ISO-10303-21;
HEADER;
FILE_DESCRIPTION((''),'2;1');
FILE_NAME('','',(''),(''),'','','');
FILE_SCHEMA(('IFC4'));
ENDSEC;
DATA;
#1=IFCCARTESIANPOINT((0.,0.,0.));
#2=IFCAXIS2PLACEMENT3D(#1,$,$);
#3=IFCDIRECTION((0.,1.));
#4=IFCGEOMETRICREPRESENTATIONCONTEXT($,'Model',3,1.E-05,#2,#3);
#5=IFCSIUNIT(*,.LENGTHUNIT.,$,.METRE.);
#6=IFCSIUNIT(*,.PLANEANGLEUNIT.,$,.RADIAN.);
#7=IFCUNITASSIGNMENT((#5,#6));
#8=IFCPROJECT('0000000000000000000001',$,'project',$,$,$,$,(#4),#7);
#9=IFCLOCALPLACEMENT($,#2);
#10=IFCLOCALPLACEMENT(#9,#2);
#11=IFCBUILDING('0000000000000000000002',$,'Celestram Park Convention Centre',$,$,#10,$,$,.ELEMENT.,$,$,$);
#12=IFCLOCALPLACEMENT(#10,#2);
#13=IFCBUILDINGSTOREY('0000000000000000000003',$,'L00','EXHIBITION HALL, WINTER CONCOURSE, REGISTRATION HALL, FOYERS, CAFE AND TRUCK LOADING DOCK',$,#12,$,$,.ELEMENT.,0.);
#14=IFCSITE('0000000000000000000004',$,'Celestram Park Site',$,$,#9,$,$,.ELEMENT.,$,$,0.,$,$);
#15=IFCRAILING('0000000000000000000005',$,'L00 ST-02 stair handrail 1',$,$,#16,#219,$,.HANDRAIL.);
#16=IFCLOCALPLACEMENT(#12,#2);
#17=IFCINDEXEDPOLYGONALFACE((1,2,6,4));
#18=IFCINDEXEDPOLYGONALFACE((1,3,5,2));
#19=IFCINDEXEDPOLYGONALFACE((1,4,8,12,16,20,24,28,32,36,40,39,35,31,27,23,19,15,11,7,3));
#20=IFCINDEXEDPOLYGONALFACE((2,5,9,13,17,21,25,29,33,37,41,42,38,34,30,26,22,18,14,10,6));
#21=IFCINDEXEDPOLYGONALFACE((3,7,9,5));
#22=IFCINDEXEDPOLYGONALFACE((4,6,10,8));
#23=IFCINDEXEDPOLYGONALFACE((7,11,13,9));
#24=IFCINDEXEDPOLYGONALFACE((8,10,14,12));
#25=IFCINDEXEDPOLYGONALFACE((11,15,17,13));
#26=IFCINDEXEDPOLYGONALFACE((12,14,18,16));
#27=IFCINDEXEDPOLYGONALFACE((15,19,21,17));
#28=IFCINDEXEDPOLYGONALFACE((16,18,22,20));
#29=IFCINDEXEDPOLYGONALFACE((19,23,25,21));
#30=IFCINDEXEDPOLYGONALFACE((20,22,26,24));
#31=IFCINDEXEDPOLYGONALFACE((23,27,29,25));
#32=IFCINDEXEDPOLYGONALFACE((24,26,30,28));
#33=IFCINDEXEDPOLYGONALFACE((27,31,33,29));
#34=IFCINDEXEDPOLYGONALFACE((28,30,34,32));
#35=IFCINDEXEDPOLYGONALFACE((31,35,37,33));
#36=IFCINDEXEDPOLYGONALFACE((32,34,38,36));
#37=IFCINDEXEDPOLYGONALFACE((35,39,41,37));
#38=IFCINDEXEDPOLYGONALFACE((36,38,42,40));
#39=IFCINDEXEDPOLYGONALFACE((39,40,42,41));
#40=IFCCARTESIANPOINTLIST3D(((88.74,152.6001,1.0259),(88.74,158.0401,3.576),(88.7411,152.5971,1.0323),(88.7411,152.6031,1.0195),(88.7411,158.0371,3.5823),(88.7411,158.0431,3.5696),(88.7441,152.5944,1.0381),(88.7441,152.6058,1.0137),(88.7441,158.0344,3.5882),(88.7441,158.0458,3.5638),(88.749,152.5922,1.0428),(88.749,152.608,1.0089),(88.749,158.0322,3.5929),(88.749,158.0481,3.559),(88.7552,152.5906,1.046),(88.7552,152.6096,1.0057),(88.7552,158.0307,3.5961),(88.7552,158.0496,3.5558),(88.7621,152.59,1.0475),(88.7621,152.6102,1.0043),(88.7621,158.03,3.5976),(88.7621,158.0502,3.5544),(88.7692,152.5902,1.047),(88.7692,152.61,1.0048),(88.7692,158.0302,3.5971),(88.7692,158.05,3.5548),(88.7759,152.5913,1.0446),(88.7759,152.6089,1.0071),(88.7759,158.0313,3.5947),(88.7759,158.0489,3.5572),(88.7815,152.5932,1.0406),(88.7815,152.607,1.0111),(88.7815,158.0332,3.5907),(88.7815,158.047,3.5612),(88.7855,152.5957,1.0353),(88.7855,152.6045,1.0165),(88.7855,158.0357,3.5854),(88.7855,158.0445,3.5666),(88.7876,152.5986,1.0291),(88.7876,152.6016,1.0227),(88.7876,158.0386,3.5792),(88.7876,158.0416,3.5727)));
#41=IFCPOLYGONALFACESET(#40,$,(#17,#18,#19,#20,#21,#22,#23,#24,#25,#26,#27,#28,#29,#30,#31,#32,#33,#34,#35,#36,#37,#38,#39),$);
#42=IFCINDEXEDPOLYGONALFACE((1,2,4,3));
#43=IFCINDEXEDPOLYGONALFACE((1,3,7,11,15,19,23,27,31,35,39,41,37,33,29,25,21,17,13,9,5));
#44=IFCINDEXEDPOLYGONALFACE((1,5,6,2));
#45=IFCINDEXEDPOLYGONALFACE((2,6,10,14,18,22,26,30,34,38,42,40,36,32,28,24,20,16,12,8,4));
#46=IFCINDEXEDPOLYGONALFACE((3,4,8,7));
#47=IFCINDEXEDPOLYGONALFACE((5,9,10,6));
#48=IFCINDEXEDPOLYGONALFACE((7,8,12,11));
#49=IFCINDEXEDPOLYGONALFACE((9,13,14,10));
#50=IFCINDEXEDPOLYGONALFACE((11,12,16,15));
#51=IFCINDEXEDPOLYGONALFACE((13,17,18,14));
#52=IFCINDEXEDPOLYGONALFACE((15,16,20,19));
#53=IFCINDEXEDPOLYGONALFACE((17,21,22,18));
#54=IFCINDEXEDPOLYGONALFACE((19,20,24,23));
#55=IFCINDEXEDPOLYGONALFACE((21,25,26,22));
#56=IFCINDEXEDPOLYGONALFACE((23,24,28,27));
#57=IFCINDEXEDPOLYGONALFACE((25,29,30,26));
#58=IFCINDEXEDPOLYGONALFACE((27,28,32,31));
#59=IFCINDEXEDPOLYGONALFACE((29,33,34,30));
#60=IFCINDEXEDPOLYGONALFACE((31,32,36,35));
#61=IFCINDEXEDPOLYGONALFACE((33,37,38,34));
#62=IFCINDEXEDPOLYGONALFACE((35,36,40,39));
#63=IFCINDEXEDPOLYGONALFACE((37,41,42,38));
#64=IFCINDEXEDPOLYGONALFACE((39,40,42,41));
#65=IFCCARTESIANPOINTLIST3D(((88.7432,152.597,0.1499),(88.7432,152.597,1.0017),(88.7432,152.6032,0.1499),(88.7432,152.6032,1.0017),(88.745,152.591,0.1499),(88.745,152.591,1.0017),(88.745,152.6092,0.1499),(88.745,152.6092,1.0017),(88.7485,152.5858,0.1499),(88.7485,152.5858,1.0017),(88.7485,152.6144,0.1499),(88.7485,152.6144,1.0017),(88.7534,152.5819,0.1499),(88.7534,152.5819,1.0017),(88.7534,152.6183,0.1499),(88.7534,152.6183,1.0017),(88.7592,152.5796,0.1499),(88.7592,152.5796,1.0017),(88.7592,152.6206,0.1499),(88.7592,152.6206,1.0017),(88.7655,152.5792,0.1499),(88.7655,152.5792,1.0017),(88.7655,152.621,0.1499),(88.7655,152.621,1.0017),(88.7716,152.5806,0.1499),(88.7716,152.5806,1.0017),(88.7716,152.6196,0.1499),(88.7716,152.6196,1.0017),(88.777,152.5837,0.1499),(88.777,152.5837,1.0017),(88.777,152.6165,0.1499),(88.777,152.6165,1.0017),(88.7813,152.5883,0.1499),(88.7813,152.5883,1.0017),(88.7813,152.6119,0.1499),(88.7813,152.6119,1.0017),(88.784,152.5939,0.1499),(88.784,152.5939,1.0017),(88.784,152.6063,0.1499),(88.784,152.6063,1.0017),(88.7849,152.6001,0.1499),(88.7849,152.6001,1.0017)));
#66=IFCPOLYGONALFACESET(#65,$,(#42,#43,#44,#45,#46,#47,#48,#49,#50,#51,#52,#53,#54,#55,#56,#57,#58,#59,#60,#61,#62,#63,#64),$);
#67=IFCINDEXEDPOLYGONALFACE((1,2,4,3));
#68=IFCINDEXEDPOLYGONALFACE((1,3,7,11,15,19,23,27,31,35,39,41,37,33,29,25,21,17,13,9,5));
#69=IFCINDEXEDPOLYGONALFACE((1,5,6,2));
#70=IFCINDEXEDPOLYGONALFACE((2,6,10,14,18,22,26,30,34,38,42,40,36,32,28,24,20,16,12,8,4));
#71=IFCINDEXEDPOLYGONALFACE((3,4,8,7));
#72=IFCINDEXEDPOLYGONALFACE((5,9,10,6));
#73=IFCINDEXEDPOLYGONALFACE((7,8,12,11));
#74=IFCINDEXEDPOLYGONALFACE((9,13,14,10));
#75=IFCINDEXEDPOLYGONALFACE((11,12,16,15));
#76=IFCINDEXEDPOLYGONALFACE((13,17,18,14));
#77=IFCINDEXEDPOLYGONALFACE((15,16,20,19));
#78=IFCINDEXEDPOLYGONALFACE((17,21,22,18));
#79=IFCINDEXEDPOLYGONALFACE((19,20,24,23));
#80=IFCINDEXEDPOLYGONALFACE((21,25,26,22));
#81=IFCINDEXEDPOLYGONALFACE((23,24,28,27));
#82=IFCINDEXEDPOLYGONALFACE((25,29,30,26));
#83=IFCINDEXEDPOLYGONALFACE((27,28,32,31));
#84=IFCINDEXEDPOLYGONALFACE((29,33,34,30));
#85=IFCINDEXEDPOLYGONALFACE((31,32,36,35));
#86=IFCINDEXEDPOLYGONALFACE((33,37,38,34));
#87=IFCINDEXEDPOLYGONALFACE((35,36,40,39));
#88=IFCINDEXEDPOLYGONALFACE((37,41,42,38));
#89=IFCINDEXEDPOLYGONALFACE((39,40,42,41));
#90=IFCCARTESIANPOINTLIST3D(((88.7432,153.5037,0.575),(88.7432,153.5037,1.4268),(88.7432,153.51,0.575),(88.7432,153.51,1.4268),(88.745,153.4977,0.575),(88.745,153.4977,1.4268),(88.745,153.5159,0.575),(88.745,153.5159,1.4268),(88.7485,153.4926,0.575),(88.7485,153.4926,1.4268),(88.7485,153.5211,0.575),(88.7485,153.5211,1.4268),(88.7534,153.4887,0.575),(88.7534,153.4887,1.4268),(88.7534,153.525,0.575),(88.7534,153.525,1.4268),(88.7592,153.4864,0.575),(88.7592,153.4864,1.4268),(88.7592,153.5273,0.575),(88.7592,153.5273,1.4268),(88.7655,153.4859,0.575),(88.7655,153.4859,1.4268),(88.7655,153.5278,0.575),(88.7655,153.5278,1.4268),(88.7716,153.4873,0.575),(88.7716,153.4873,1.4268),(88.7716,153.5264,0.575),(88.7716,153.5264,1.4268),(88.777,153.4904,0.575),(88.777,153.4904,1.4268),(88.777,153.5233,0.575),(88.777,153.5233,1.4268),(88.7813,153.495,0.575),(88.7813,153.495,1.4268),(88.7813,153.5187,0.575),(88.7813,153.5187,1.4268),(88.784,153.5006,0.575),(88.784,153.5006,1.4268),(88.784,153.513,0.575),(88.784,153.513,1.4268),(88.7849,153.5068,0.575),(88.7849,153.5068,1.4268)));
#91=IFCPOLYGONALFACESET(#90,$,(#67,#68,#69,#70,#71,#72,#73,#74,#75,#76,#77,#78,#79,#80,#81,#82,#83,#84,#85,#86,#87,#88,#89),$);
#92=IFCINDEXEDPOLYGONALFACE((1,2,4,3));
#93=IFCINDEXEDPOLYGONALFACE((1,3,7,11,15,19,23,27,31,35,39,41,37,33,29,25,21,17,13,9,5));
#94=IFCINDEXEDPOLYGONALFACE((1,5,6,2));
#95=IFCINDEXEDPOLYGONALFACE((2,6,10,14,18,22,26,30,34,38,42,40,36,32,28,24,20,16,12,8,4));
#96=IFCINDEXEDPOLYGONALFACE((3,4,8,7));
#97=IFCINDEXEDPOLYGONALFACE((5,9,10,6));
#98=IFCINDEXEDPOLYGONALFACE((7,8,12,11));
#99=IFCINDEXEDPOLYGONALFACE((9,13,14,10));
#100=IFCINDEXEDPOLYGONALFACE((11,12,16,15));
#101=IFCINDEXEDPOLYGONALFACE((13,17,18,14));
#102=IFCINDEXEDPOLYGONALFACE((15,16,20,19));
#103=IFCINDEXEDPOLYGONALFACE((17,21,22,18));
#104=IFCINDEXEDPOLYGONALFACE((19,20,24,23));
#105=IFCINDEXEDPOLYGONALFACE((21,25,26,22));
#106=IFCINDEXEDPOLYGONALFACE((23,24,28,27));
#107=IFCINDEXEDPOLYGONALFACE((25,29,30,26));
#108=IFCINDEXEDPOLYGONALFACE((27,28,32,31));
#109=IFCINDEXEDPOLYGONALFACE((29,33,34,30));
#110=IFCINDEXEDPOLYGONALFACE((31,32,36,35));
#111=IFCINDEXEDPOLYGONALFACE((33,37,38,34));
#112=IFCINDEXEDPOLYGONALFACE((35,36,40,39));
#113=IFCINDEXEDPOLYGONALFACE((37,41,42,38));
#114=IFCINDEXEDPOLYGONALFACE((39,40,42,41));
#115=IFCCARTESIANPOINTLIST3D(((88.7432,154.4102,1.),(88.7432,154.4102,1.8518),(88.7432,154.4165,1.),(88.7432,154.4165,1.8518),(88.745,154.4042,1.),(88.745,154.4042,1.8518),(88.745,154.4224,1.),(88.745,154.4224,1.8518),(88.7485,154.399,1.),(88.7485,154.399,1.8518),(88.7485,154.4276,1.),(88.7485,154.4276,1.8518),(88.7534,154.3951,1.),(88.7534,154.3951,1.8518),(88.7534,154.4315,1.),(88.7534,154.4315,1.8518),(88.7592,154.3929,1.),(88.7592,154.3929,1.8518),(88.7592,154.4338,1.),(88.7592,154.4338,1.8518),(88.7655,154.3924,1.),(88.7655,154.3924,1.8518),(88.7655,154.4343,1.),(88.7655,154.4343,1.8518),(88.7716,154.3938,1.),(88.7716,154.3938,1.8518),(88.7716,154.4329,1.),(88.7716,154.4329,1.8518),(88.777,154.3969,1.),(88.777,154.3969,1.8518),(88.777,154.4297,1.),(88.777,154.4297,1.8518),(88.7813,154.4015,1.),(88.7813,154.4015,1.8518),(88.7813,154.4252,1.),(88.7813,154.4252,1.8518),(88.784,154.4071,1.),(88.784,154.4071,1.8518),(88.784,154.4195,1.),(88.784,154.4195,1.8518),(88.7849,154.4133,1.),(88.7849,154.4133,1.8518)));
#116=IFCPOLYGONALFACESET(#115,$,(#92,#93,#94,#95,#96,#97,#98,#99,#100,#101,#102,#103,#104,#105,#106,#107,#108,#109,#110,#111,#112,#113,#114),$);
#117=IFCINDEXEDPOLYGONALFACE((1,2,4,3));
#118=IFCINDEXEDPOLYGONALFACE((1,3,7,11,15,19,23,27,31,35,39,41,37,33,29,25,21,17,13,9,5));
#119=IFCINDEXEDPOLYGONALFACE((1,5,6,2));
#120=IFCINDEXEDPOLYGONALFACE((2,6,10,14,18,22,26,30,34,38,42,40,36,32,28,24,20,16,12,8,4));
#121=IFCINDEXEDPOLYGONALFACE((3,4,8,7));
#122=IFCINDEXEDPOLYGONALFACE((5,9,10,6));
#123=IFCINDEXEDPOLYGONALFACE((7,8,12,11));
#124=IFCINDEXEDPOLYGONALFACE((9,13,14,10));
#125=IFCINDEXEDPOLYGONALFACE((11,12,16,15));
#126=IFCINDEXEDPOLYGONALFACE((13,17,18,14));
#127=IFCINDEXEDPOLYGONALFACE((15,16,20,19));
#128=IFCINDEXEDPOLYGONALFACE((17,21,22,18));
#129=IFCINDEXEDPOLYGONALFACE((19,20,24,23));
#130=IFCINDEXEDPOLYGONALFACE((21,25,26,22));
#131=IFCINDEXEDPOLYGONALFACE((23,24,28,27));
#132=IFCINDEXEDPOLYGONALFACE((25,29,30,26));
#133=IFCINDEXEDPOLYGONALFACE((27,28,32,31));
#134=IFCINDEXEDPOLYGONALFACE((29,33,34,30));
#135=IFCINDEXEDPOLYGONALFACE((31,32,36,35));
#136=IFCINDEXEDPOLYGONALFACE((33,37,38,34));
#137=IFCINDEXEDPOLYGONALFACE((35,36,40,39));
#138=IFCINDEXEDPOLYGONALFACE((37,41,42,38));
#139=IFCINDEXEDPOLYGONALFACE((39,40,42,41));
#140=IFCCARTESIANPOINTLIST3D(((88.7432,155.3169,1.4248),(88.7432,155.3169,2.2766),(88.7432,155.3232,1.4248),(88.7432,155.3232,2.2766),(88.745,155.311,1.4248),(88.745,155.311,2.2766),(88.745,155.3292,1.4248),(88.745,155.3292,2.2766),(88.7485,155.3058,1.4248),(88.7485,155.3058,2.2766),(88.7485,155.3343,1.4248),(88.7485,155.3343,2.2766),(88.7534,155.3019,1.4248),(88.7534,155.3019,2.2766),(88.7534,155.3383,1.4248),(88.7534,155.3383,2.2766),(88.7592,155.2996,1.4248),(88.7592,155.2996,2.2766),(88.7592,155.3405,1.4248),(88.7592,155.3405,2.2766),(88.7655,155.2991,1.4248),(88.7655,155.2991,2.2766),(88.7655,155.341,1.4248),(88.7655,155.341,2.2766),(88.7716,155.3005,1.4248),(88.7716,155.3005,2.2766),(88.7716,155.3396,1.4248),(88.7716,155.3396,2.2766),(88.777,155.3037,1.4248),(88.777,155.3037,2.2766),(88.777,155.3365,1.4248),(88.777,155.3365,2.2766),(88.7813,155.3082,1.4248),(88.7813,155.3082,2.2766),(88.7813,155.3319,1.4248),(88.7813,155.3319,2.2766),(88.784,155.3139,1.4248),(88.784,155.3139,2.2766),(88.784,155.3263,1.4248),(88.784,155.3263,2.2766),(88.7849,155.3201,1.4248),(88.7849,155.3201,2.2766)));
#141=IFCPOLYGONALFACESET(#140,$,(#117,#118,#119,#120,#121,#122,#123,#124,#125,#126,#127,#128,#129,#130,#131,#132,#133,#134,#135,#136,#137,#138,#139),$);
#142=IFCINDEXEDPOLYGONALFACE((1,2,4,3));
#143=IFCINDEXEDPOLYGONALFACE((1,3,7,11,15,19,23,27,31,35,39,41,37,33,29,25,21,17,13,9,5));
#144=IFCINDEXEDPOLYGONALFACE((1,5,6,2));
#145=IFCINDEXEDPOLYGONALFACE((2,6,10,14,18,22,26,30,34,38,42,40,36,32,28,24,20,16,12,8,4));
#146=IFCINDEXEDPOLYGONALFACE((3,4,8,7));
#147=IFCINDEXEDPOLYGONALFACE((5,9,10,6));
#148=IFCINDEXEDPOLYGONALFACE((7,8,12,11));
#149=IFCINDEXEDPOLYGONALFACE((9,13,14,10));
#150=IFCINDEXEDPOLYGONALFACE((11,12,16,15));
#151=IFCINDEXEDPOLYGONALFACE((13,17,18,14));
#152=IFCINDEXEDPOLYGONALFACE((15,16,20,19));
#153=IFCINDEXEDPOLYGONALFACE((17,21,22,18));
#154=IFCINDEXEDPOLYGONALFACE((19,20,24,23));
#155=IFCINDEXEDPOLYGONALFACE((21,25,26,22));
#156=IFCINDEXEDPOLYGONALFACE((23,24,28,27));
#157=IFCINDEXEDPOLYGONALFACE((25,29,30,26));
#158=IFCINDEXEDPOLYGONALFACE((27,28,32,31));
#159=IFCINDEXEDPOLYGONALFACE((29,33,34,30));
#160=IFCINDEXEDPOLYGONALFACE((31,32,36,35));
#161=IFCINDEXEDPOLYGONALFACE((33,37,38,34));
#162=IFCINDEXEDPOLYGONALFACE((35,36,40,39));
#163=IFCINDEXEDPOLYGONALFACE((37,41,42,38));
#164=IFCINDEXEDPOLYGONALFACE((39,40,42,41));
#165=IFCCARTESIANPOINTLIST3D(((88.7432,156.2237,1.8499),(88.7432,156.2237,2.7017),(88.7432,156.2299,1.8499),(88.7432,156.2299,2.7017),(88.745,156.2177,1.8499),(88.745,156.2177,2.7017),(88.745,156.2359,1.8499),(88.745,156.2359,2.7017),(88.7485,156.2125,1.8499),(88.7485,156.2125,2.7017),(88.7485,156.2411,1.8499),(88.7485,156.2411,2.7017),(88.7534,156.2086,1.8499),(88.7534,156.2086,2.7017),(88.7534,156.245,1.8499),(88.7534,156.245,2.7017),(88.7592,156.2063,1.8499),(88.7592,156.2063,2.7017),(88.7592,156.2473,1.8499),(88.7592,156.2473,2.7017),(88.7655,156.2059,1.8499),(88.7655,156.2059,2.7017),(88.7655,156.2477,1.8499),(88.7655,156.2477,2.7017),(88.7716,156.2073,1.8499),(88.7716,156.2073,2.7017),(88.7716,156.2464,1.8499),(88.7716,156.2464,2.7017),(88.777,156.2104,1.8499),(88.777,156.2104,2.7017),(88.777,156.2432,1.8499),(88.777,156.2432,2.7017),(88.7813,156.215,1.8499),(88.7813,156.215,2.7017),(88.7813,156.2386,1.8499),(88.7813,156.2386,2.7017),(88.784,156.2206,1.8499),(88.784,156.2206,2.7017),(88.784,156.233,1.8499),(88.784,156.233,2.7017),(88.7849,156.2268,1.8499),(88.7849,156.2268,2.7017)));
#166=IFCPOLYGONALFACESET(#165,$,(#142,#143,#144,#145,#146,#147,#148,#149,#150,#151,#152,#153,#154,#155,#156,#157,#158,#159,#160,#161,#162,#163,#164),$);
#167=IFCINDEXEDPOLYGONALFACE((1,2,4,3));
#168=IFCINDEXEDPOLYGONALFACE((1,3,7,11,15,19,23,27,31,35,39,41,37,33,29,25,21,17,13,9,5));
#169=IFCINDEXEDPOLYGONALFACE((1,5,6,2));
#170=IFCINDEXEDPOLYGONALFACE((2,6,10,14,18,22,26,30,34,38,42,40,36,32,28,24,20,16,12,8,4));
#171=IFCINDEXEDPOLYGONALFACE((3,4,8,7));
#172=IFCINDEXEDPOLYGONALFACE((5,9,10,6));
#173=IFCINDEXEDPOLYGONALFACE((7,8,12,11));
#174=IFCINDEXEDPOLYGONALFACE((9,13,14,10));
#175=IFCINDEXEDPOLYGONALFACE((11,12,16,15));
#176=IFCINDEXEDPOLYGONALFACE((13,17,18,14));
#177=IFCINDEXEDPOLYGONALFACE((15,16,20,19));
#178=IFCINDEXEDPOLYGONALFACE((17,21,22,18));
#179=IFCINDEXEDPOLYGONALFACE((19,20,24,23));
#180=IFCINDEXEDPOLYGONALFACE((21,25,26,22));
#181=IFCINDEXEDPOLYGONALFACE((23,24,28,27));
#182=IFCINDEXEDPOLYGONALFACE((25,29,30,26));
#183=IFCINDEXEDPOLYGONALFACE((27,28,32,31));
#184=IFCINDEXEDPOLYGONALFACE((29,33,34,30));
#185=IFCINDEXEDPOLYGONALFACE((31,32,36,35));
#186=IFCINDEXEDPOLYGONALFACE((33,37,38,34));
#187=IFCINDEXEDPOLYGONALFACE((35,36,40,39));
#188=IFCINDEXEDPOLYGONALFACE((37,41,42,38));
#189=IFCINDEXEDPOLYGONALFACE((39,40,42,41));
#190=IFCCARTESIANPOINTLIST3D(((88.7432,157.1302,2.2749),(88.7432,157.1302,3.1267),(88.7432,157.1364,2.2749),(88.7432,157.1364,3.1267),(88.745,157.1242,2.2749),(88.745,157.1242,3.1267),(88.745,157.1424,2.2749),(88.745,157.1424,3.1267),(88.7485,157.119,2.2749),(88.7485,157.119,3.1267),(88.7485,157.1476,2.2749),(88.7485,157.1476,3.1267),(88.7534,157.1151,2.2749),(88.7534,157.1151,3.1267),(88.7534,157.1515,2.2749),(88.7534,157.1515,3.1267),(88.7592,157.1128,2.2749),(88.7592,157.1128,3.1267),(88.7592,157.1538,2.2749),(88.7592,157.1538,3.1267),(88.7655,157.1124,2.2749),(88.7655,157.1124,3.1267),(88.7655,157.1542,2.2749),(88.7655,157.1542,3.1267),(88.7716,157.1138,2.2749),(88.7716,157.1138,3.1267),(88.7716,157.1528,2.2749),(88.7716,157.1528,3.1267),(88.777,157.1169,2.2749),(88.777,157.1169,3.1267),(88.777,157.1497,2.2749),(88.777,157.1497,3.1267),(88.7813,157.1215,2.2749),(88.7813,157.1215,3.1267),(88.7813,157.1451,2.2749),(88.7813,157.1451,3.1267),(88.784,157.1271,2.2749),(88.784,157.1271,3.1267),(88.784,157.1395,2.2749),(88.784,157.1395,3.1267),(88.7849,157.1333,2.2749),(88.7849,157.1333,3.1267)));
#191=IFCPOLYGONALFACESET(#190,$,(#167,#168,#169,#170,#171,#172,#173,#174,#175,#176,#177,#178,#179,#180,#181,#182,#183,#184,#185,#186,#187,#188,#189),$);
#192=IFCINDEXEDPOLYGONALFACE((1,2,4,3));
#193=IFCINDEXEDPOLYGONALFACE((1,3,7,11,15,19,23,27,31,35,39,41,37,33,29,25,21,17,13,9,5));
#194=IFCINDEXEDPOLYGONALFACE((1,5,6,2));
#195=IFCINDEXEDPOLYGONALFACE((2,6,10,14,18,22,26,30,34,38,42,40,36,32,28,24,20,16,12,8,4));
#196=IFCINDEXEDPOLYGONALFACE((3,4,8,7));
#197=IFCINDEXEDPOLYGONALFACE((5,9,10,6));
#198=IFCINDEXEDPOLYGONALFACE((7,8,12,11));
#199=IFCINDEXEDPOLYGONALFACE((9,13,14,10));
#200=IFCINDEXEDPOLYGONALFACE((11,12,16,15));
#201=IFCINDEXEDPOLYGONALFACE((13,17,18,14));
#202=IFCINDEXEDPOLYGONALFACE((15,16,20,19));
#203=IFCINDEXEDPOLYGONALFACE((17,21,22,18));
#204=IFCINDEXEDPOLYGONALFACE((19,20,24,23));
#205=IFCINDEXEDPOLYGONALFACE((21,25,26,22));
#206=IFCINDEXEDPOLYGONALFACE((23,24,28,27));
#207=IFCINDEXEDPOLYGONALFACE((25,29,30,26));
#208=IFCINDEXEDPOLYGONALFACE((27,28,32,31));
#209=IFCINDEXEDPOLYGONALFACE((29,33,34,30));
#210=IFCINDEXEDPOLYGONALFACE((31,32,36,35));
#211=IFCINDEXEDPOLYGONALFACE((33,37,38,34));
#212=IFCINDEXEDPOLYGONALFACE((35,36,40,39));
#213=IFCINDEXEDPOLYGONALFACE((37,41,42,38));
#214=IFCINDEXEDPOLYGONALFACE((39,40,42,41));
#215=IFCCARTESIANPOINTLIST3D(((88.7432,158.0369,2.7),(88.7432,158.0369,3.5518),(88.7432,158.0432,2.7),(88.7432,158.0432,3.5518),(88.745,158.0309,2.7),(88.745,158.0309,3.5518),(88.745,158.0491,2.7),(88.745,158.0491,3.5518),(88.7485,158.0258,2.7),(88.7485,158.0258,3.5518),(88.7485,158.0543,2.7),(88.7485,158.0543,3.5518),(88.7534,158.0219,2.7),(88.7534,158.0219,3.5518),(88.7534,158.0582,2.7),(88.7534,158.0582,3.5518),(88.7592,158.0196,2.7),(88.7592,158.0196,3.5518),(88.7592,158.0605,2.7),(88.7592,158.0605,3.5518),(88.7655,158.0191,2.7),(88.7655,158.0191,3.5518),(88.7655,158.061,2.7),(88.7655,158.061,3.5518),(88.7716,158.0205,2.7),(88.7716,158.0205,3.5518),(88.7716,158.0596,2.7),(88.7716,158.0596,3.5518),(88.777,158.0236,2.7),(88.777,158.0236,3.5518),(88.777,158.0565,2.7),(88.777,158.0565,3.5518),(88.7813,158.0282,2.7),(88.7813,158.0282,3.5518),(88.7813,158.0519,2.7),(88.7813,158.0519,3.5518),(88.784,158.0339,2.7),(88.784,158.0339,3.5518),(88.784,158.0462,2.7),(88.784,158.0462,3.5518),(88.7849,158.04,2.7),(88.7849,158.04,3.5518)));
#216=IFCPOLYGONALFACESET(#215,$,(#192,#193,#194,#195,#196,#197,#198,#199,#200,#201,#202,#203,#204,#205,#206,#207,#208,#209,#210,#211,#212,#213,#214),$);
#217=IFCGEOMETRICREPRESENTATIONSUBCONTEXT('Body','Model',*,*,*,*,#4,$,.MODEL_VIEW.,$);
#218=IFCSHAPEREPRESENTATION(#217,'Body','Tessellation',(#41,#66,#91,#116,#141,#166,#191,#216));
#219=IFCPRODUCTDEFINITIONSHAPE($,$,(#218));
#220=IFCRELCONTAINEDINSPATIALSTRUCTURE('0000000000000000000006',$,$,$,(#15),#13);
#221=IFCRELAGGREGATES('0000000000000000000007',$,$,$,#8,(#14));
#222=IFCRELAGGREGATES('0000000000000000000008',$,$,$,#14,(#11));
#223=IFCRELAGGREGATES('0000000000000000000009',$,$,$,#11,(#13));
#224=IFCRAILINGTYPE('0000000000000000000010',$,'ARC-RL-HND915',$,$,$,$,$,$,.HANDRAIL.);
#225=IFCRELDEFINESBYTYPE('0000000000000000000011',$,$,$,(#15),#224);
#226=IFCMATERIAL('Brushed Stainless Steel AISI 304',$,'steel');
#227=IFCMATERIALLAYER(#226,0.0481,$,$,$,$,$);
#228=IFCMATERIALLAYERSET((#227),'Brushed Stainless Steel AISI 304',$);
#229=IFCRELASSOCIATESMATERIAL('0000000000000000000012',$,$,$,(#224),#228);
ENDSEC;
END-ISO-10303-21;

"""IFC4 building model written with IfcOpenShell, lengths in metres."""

from ifc_helpers import new_model, si_unit, direction, frame, origin, origin_2d, place, context, subcontext, project, spatial, circle, extrude, material, layer, layer_set, type_object, element, save


model = new_model("IFC4")

# Units and contexts
model_context = context("Model", 3, precision=1e-05, world=origin(), true_north=direction((0.0, 1.0)))
body_context = subcontext(model_context, "Body", "Model", "MODEL_VIEW")
ifc_project = project(units=[si_unit("LENGTHUNIT", "METRE"), si_unit("PLANEANGLEUNIT", "RADIAN")], contexts=[model_context])

# Site, building, storey
site_placement = place(None, origin())
site = spatial("IfcSite", under=ifc_project, at=site_placement, Name="Celestram Park Site", CompositionType="ELEMENT", RefElevation=0.0)
building_placement = place(site_placement, origin())
building = spatial("IfcBuilding", under=site, at=building_placement, Name="Celestram Park Convention Centre", CompositionType="ELEMENT")
storey_placement = place(building_placement, origin())
storey = spatial("IfcBuildingStorey", under=building, at=storey_placement, Name="L00", Description="EXHIBITION HALL, WINTER CONCOURSE, REGISTRATION HALL, FOYERS, CAFE AND TRUCK LOADING DOCK", CompositionType="ELEMENT", Elevation=0.0)

# Railing
ifc_material_1 = material(Name="Brushed Stainless Steel AISI 304", Category="steel")
ifc_layer_1 = layer(ifc_material_1, 0.0481)
ifc_layer_set_1 = layer_set([ifc_layer_1], Name="Brushed Stainless Steel AISI 304")
railing_type_1 = type_object("IfcRailingType", Name="ARC-RL-HND915", PredefinedType="HANDRAIL", material=ifc_layer_set_1)
railing_1_placement = place(storey_placement, frame((88.7639, 152.6001, 0.1499)))
element("IfcRailing", 1, at=railing_1_placement, inside=storey, type_object=railing_type_1, Name="L00 ST-02 stair handrail 1", PredefinedType="HANDRAIL", context=body_context, shape_type="SweptSolid", body=[
    extrude(circle(Radius=0.0239, at=origin_2d()), frame((0.0, 0.0, 0.876), z_axis=(0.0, 0.905454, 0.424444), x_axis=(-1.0, 0.0, 0.0)), (0.0, 0.0, 1.0), 6.0081),
    extrude(circle(Radius=0.021, at=origin_2d()), origin(), (0.0, 0.0, 1.0), 0.8518),
    extrude(circle(Radius=0.021, at=origin_2d()), frame((0.0, 0.9067, 0.425)), (0.0, 0.0, 1.0), 0.8518),
    extrude(circle(Radius=0.021, at=origin_2d()), frame((0.0, 1.8132, 0.8501)), (0.0, 0.0, 1.0), 0.8518),
    extrude(circle(Radius=0.021, at=origin_2d()), frame((0.0, 2.72, 1.2749)), (0.0, 0.0, 1.0), 0.8518),
    extrude(circle(Radius=0.021, at=origin_2d()), frame((0.0, 3.6267, 1.7)), (0.0, 0.0, 1.0), 0.8518),
    extrude(circle(Radius=0.021, at=origin_2d()), frame((0.0, 4.5332, 2.125)), (0.0, 0.0, 1.0), 0.8518),
    extrude(circle(Radius=0.021, at=origin_2d()), frame((0.0, 5.4399, 2.55)), (0.0, 0.0, 1.0), 0.8518),
])

save(model, "model.ifc")
